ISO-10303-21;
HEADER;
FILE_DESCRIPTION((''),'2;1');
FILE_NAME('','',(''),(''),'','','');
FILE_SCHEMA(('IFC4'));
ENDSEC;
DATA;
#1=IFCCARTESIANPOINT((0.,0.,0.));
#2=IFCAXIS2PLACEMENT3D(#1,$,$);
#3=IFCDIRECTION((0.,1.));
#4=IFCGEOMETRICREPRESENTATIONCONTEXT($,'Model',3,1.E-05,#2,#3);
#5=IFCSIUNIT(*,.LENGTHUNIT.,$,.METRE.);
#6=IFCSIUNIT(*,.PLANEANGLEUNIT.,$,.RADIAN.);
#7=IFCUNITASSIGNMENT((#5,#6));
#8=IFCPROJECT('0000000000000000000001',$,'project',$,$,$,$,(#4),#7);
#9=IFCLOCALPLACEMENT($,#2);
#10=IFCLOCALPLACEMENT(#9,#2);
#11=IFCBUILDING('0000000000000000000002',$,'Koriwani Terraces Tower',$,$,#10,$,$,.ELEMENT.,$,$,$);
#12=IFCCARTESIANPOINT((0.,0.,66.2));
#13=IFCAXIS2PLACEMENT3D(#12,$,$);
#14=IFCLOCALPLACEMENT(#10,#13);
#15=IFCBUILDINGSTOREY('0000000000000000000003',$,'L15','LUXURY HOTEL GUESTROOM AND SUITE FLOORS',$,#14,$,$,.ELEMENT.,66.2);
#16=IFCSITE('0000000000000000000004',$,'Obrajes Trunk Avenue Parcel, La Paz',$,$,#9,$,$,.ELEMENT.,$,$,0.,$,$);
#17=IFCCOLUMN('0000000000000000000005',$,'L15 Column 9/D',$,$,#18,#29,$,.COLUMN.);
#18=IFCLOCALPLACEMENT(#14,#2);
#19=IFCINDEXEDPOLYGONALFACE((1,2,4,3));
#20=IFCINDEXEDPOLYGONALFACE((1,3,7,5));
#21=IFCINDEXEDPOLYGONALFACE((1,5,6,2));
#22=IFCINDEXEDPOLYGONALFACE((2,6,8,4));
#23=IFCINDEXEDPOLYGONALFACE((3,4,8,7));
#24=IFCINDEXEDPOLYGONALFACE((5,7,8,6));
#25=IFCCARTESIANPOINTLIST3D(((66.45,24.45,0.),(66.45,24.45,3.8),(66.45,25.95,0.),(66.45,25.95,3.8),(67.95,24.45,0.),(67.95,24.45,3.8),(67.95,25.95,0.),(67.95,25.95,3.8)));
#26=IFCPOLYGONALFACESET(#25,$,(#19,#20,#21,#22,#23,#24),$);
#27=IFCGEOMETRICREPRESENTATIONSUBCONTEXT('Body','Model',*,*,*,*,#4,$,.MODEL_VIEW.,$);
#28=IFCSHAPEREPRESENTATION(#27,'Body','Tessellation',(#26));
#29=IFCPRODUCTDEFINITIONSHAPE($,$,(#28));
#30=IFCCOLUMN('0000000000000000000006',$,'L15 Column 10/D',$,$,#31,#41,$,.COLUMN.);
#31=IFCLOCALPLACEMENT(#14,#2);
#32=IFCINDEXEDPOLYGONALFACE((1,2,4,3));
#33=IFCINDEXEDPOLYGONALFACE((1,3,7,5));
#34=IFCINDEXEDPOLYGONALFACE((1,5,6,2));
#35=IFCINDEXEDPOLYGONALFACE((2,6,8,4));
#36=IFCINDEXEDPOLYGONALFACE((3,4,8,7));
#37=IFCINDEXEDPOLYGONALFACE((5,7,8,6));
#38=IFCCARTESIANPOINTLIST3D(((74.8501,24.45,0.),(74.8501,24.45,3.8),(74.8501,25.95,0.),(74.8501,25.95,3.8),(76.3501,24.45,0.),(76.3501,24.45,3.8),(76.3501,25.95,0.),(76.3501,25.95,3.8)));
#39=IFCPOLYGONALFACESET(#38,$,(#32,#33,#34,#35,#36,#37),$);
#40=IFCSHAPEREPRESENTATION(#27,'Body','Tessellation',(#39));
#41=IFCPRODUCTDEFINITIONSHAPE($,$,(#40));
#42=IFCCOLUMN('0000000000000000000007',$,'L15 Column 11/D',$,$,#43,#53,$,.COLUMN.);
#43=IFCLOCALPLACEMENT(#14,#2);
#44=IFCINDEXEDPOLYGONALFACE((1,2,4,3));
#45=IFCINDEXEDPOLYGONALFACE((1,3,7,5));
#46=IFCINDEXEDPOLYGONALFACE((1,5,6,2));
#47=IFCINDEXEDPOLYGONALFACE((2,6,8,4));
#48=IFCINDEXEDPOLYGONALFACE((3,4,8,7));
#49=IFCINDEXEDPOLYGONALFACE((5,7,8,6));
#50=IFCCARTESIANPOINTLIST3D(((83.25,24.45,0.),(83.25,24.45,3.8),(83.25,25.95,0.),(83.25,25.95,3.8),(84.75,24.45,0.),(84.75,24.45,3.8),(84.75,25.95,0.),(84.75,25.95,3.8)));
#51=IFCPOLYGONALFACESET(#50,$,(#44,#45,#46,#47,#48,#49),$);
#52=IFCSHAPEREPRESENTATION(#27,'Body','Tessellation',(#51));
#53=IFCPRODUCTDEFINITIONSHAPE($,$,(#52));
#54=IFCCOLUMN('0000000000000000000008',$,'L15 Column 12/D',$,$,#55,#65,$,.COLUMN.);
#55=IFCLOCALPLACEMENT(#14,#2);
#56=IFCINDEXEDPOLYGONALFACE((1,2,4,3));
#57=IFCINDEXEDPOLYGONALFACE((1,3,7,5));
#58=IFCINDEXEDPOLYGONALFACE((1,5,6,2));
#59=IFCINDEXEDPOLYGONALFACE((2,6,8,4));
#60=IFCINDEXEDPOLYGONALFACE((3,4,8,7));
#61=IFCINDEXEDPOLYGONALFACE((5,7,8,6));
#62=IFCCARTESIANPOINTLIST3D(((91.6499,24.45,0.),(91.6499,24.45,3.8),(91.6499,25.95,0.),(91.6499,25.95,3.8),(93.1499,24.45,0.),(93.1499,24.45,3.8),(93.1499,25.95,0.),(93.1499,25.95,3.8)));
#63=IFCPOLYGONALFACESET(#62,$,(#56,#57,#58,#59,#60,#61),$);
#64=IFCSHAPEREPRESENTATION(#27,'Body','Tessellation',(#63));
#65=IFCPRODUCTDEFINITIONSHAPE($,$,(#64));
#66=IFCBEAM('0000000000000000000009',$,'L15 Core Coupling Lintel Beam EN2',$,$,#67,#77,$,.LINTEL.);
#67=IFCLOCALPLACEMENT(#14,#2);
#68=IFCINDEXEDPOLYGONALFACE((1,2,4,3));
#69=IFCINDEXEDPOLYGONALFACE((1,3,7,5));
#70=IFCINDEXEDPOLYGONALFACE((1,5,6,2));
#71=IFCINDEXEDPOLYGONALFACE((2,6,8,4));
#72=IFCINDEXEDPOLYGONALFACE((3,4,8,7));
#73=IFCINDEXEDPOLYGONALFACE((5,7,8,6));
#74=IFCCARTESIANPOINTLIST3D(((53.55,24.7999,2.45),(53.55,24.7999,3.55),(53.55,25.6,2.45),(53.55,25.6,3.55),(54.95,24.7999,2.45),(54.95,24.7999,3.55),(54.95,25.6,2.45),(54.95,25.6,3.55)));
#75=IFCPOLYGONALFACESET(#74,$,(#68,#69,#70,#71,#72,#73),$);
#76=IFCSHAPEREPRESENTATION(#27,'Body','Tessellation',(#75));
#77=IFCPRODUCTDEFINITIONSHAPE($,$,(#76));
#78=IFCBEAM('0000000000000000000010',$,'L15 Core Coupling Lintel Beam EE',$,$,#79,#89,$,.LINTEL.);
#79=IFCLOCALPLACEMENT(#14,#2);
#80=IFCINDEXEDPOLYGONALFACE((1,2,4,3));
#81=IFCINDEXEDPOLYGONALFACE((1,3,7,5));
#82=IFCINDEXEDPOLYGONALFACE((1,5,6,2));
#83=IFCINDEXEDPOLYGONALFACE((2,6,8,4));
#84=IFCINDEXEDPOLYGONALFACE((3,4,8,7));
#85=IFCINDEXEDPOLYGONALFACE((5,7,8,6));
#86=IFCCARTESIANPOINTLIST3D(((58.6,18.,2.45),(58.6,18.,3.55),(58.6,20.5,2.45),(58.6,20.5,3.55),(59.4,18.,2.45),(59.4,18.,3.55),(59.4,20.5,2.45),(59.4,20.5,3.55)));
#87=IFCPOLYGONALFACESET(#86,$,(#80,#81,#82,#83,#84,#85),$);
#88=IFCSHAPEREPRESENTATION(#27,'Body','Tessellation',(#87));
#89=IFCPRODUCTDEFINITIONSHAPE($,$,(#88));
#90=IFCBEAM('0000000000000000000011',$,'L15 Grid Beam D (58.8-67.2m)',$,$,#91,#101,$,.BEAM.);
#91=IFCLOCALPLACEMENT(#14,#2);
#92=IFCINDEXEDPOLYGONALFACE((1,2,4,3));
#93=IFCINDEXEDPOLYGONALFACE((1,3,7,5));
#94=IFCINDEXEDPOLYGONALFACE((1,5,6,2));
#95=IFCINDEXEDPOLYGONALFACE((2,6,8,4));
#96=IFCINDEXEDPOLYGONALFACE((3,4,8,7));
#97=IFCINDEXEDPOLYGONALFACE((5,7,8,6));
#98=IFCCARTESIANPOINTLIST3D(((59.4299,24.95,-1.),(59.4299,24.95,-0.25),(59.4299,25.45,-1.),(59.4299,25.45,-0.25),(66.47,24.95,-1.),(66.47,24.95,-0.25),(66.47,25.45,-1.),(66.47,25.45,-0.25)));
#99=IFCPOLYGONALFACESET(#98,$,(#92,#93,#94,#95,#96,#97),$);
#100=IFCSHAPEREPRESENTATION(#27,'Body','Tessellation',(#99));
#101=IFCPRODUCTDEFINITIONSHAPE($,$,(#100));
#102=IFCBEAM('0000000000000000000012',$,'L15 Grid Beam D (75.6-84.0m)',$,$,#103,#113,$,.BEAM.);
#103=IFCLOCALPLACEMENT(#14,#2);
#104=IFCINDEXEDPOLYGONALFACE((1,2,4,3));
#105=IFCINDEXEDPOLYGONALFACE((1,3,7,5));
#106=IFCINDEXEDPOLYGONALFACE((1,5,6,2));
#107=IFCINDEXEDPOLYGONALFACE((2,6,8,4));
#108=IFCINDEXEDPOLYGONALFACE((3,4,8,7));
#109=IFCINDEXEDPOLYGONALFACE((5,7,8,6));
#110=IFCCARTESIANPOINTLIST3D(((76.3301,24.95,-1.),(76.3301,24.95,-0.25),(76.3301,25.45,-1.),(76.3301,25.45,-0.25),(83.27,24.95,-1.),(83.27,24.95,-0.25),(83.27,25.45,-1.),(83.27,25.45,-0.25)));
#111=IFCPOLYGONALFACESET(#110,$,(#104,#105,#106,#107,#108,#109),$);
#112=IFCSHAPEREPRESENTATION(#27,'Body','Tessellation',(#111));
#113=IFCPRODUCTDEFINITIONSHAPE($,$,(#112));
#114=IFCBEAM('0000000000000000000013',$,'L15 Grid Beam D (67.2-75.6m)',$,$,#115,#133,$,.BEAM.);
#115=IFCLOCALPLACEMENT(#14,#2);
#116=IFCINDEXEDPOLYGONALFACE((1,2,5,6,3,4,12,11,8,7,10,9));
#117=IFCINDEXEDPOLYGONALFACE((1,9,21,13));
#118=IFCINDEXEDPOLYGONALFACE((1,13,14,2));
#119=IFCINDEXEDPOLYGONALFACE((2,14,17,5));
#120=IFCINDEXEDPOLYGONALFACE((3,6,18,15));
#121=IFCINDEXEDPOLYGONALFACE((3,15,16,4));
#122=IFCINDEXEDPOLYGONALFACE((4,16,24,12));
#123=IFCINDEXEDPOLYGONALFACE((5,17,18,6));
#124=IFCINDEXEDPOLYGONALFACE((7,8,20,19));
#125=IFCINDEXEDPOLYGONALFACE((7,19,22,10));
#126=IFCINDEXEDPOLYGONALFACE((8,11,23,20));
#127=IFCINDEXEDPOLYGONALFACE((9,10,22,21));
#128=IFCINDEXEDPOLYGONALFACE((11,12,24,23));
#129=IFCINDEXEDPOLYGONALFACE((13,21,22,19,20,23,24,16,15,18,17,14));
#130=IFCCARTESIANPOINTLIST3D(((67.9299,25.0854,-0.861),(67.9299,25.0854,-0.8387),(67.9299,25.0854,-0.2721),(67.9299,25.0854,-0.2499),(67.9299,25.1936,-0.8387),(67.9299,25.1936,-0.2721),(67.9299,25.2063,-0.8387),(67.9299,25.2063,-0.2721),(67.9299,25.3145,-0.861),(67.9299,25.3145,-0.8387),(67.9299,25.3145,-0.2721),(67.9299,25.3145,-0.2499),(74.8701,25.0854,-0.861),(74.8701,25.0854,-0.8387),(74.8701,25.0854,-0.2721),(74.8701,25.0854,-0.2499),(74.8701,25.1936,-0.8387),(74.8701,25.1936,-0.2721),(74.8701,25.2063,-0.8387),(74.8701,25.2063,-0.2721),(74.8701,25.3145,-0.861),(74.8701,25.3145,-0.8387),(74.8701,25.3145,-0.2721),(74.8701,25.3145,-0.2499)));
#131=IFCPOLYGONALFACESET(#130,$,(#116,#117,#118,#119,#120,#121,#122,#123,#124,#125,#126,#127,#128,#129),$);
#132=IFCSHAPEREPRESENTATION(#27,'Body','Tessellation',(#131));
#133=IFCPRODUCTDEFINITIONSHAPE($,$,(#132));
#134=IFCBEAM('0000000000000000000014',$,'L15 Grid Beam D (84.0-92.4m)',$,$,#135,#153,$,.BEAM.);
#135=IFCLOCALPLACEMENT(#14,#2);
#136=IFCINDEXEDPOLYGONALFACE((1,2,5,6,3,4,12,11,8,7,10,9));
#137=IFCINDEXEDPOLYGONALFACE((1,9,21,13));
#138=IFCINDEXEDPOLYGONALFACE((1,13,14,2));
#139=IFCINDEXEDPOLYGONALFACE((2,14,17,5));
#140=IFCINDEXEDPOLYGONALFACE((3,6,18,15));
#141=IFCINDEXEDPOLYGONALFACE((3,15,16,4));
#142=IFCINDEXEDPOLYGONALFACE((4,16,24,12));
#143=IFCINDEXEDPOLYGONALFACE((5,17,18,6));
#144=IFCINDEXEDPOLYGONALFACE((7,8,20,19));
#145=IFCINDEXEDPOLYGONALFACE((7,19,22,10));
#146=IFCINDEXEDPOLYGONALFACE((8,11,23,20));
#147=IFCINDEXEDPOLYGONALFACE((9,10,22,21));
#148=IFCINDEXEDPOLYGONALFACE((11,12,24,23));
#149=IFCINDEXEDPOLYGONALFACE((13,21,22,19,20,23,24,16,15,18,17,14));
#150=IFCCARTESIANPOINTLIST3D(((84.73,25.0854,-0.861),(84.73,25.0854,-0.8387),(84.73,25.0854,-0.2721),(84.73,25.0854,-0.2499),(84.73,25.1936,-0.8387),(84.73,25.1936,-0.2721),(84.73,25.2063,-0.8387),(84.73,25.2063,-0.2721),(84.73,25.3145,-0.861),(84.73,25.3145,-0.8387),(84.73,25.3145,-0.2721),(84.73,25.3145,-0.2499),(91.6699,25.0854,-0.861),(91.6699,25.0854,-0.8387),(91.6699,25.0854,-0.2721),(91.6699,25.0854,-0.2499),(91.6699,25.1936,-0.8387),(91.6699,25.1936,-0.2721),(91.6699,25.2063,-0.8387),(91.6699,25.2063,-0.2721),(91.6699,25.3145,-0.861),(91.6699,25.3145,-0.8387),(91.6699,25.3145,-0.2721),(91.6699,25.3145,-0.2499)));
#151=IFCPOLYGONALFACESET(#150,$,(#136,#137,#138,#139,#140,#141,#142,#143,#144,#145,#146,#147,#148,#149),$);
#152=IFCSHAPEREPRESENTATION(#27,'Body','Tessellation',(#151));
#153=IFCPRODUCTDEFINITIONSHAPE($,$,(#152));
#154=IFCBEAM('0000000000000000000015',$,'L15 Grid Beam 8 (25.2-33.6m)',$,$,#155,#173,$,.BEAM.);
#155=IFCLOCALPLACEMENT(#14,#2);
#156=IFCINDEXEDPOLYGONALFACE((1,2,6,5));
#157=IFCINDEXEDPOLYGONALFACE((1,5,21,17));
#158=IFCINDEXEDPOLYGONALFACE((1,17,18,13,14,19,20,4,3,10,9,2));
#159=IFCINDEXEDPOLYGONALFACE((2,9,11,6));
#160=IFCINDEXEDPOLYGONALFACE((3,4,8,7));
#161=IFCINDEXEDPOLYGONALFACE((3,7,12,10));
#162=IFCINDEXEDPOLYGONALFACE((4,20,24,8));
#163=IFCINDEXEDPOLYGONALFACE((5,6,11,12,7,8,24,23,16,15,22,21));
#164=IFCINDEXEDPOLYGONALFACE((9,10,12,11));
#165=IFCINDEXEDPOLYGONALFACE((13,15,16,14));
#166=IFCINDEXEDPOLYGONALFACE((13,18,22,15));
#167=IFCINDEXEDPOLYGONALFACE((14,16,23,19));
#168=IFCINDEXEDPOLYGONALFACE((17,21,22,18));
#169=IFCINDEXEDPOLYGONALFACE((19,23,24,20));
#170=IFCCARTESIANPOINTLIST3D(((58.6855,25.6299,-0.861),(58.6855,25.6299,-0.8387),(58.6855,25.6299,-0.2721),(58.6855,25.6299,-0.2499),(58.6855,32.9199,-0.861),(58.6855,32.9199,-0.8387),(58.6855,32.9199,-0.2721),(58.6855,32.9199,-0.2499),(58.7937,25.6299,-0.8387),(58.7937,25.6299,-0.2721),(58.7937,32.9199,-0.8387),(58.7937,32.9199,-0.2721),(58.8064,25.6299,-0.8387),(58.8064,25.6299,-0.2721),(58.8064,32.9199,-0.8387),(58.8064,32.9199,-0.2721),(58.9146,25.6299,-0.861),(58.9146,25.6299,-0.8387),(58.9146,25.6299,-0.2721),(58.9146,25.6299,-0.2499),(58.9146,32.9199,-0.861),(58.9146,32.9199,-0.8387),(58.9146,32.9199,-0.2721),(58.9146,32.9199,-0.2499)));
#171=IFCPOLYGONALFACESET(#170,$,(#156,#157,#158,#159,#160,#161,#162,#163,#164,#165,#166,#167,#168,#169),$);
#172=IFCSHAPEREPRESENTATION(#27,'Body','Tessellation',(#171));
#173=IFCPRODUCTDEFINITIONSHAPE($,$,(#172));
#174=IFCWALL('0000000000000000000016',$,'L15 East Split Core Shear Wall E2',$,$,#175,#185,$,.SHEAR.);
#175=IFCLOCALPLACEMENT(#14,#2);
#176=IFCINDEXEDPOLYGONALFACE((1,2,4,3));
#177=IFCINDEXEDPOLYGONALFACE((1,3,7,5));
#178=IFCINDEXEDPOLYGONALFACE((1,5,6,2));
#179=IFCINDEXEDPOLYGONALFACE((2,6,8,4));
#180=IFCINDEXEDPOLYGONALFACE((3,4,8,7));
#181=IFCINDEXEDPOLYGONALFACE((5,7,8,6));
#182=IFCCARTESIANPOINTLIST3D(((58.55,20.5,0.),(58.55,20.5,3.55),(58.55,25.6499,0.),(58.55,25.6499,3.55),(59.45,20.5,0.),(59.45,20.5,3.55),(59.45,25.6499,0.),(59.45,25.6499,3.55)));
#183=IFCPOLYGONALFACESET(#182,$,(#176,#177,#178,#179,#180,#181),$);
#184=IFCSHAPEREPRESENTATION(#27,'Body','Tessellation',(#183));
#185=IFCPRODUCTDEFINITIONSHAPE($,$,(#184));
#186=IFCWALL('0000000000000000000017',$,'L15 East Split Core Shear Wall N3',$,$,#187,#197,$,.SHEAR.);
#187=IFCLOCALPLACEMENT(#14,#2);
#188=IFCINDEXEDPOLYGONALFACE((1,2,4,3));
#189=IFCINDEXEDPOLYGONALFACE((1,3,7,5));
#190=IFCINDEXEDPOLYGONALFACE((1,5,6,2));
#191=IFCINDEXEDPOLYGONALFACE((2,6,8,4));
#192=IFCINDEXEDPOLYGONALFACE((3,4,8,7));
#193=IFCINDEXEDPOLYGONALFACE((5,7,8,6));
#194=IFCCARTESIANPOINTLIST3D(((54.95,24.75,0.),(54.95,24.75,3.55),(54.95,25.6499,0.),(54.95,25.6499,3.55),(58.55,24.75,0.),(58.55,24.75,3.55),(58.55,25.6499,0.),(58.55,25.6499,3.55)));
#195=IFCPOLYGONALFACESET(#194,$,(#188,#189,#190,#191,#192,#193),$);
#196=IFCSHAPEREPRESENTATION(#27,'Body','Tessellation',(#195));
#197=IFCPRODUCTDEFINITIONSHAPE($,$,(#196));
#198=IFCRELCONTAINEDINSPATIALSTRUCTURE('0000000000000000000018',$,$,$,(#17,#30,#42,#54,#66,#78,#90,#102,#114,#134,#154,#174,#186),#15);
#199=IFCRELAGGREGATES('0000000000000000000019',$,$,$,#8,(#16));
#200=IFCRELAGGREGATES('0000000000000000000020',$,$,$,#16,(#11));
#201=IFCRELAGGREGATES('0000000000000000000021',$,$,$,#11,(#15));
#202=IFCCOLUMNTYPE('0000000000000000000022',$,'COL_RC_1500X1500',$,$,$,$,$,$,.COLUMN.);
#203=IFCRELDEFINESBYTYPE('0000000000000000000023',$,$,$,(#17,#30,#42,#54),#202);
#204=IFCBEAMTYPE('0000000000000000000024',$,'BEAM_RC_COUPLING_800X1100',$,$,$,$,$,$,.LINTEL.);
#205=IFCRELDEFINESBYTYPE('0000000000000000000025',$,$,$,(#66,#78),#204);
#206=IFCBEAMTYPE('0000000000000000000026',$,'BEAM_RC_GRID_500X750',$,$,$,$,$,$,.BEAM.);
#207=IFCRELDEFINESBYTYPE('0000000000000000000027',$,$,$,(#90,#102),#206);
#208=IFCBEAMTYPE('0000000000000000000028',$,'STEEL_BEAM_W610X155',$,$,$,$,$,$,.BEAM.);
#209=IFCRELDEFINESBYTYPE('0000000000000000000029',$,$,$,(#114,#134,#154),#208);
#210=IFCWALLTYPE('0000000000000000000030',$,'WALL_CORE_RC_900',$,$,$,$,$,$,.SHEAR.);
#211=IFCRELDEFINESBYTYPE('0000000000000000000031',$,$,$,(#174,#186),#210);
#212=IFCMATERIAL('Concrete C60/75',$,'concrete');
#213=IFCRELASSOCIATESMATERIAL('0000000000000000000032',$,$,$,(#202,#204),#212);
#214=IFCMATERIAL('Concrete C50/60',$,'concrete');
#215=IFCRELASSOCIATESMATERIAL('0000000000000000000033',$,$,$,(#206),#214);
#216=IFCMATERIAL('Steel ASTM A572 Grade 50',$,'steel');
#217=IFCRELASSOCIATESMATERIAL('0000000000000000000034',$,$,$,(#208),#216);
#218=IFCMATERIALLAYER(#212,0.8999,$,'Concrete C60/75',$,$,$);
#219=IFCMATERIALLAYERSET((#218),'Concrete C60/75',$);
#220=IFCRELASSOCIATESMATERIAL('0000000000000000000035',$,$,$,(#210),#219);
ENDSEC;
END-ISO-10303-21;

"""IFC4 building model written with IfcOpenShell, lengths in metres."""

from ifc_helpers import new_model, si_unit, direction, frame, frame_2d, origin, origin_2d, place, context, subcontext, project, spatial, rectangle, i_section, extrude, material, layer, layer_set, material_profile, profile_set, type_object, element, save


model = new_model("IFC4")

# Units and contexts
model_context = context("Model", 3, precision=1e-05, world=origin(), true_north=direction((0.0, 1.0)))
body_context = subcontext(model_context, "Body", "Model", "MODEL_VIEW")
ifc_project = project(units=[si_unit("LENGTHUNIT", "METRE"), si_unit("PLANEANGLEUNIT", "RADIAN")], contexts=[model_context])

# Site, building, storey
site_placement = place(None, origin())
site = spatial("IfcSite", under=ifc_project, at=site_placement, Name="Obrajes Trunk Avenue Parcel, La Paz", CompositionType="ELEMENT", RefElevation=0.0)
building_placement = place(site_placement, origin())
building = spatial("IfcBuilding", under=site, at=building_placement, Name="Koriwani Terraces Tower", CompositionType="ELEMENT")
storey_placement = place(building_placement, frame((0.0, 0.0, 66.2)))
storey = spatial("IfcBuildingStorey", under=building, at=storey_placement, Name="L15", Description="LUXURY HOTEL GUESTROOM AND SUITE FLOORS", CompositionType="ELEMENT", Elevation=66.2)

# Columns
ifc_material_1 = material(Name="Concrete C60/75", Category="concrete")
ifc_material_profile_1 = material_profile(ifc_material_1, rectangle(XDim=1.5, YDim=1.5, at=origin_2d()), Name="Concrete C60/75", Category="LoadBearing")
ifc_profile_set_1 = profile_set([ifc_material_profile_1], Name="Concrete C60/75")
column_type = type_object("IfcColumnType", Name="COL_RC_1500X1500", PredefinedType="COLUMN", material=ifc_profile_set_1)
for number, where, z_axis, x_axis, name in (
    (1, (67.2, 25.2, 0.0), (0.0, 0.0, 1.0), (1.0, 0.0, 0.0), "L15 Column 9/D"),
    (2, (75.6001, 25.2, 0.0), (0.0, 0.0, 1.0), (1.0, 0.0, 0.0), "L15 Column 10/D"),
    (3, (84.0, 25.2, 0.0), (0.0, 0.0, 1.0), (1.0, 0.0, 0.0), "L15 Column 11/D"),
    (4, (92.3999, 25.2, 0.0), (0.0, 0.0, 1.0), (1.0, 0.0, 0.0), "L15 Column 12/D"),
):
    element("IfcColumn", number, at=place(storey_placement, frame(where, z_axis=z_axis, x_axis=x_axis)), inside=storey, type_object=column_type, Name=name, PredefinedType="COLUMN", context=body_context, shape_type="SweptSolid", body=[
        extrude(rectangle(XDim=1.5, YDim=1.5, at=origin_2d()), origin(), (0.0, 0.0, 1.0), 3.8),
    ])

# Beams
ifc_material_profile_2 = material_profile(ifc_material_1, rectangle(XDim=0.8, YDim=1.1001, at=origin_2d()), Name="Concrete C60/75", Category="LoadBearing")
ifc_profile_set_2 = profile_set([ifc_material_profile_2], Name="Concrete C60/75")
beam_type_1 = type_object("IfcBeamType", Name="BEAM_RC_COUPLING_800X1100", PredefinedType="LINTEL", material=ifc_profile_set_2)
beam_1_placement = place(storey_placement, frame((53.55, 25.2, 3.0), z_axis=(1.0, 0.0, 0.0), x_axis=(0.0, 1.0, 0.0)))
element("IfcBeam", 5, at=beam_1_placement, inside=storey, type_object=beam_type_1, Name="L15 Core Coupling Lintel Beam EN2", PredefinedType="LINTEL", context=body_context, shape_type="SweptSolid", body=[
    extrude(rectangle(XDim=0.8, YDim=1.1001, at=origin_2d()), origin(), (0.0, 0.0, 1.0), 1.3999),
])
beam_2_placement = place(storey_placement, frame((59.0, 18.0, 3.0), z_axis=(0.0, 1.0, 0.0), x_axis=(-1.0, 0.0, 0.0)))
element("IfcBeam", 6, at=beam_2_placement, inside=storey, type_object=beam_type_1, Name="L15 Core Coupling Lintel Beam EE", PredefinedType="LINTEL", context=body_context, shape_type="SweptSolid", body=[
    extrude(rectangle(XDim=0.8, YDim=1.1001, at=origin_2d()), origin(), (0.0, 0.0, 1.0), 2.5),
])
ifc_material_2 = material(Name="Concrete C50/60", Category="concrete")
ifc_material_profile_3 = material_profile(ifc_material_2, rectangle(XDim=0.5, YDim=0.75, at=origin_2d()), Name="Concrete C50/60", Category="LoadBearing")
ifc_profile_set_3 = profile_set([ifc_material_profile_3], Name="Concrete C50/60")
beam_type_2 = type_object("IfcBeamType", Name="BEAM_RC_GRID_500X750", PredefinedType="BEAM", material=ifc_profile_set_3)
beam_3_placement = place(storey_placement, frame((59.4299, 25.2, -0.625), z_axis=(1.0, 0.0, 0.0), x_axis=(0.0, 1.0, 0.0)))
element("IfcBeam", 7, at=beam_3_placement, inside=storey, type_object=beam_type_2, Name="L15 Grid Beam D (58.8-67.2m)", PredefinedType="BEAM", context=body_context, shape_type="SweptSolid", body=[
    extrude(rectangle(XDim=0.5, YDim=0.75, at=origin_2d()), origin(), (0.0, 0.0, 1.0), 7.04),
])
beam_4_placement = place(storey_placement, frame((76.3301, 25.2, -0.625), z_axis=(1.0, 0.0, 0.0), x_axis=(0.0, 1.0, 0.0)))
element("IfcBeam", 8, at=beam_4_placement, inside=storey, type_object=beam_type_2, Name="L15 Grid Beam D (75.6-84.0m)", PredefinedType="BEAM", context=body_context, shape_type="SweptSolid", body=[
    extrude(rectangle(XDim=0.5, YDim=0.75, at=origin_2d()), origin(), (0.0, 0.0, 1.0), 6.9399),
])
ifc_material_3 = material(Name="Steel ASTM A572 Grade 50", Category="steel")
ifc_material_profile_4 = material_profile(ifc_material_3, i_section(OverallWidth=0.229, OverallDepth=0.6111, WebThickness=0.0127, FlangeThickness=0.0222, at=origin_2d()), Name="Steel ASTM A572 Grade 50", Category="LoadBearing")
ifc_profile_set_4 = profile_set([ifc_material_profile_4], Name="Steel ASTM A572 Grade 50")
beam_type_3 = type_object("IfcBeamType", Name="STEEL_BEAM_W610X155", PredefinedType="BEAM", material=ifc_profile_set_4)
beam_5_placement = place(storey_placement, frame((67.9299, 25.2, -0.5554), z_axis=(1.0, 0.0, 0.0), x_axis=(0.0, 1.0, 0.0)))
element("IfcBeam", 9, at=beam_5_placement, inside=storey, type_object=beam_type_3, Name="L15 Grid Beam D (67.2-75.6m)", PredefinedType="BEAM", context=body_context, shape_type="SweptSolid", body=[
    extrude(i_section(OverallWidth=0.229, OverallDepth=0.6111, WebThickness=0.0127, FlangeThickness=0.0222, at=origin_2d()), origin(), (0.0, 0.0, 1.0), 6.9402),
])
beam_6_placement = place(storey_placement, frame((84.73, 25.2, -0.5554), z_axis=(1.0, 0.0, 0.0), x_axis=(0.0, 1.0, 0.0)))
element("IfcBeam", 10, at=beam_6_placement, inside=storey, type_object=beam_type_3, Name="L15 Grid Beam D (84.0-92.4m)", PredefinedType="BEAM", context=body_context, shape_type="SweptSolid", body=[
    extrude(i_section(OverallWidth=0.229, OverallDepth=0.6111, WebThickness=0.0127, FlangeThickness=0.0222, at=origin_2d()), origin(), (0.0, 0.0, 1.0), 6.9399),
])
beam_7_placement = place(storey_placement, frame((58.8, 25.6299, -0.5554), z_axis=(0.0, 1.0, 0.0), x_axis=(-1.0, 0.0, 0.0)))
element("IfcBeam", 11, at=beam_7_placement, inside=storey, type_object=beam_type_3, Name="L15 Grid Beam 8 (25.2-33.6m)", PredefinedType="BEAM", context=body_context, shape_type="SweptSolid", body=[
    extrude(i_section(OverallWidth=0.229, OverallDepth=0.6111, WebThickness=0.0127, FlangeThickness=0.0222, at=origin_2d()), origin(), (0.0, 0.0, 1.0), 7.29),
])

# Walls
ifc_layer_1 = layer(ifc_material_1, 0.8999, Name="Concrete C60/75")
ifc_layer_set_1 = layer_set([ifc_layer_1], Name="Concrete C60/75")
wall_type_1 = type_object("IfcWallType", Name="WALL_CORE_RC_900", PredefinedType="SHEAR", material=ifc_layer_set_1)
wall_1_placement = place(storey_placement, frame((59.0, 20.5, 0.0), z_axis=(0.0, 0.0, 1.0), x_axis=(0.0, 1.0, 0.0)))
element("IfcWall", 12, at=wall_1_placement, inside=storey, type_object=wall_type_1, Name="L15 East Split Core Shear Wall E2", PredefinedType="SHEAR", context=body_context, shape_type="SweptSolid", body=[
    extrude(rectangle(XDim=5.1499, YDim=0.8999, at=frame_2d((2.575, 0.0))), origin(), (0.0, 0.0, 1.0), 3.55),
])
wall_2_placement = place(storey_placement, frame((54.95, 25.2, 0.0), z_axis=(0.0, 0.0, 1.0), x_axis=(1.0, 0.0, 0.0)))
element("IfcWall", 13, at=wall_2_placement, inside=storey, type_object=wall_type_1, Name="L15 East Split Core Shear Wall N3", PredefinedType="SHEAR", context=body_context, shape_type="SweptSolid", body=[
    extrude(rectangle(XDim=3.6001, YDim=0.8999, at=frame_2d((1.8, 0.0))), origin(), (0.0, 0.0, 1.0), 3.55),
])

save(model, "model.ifc")
